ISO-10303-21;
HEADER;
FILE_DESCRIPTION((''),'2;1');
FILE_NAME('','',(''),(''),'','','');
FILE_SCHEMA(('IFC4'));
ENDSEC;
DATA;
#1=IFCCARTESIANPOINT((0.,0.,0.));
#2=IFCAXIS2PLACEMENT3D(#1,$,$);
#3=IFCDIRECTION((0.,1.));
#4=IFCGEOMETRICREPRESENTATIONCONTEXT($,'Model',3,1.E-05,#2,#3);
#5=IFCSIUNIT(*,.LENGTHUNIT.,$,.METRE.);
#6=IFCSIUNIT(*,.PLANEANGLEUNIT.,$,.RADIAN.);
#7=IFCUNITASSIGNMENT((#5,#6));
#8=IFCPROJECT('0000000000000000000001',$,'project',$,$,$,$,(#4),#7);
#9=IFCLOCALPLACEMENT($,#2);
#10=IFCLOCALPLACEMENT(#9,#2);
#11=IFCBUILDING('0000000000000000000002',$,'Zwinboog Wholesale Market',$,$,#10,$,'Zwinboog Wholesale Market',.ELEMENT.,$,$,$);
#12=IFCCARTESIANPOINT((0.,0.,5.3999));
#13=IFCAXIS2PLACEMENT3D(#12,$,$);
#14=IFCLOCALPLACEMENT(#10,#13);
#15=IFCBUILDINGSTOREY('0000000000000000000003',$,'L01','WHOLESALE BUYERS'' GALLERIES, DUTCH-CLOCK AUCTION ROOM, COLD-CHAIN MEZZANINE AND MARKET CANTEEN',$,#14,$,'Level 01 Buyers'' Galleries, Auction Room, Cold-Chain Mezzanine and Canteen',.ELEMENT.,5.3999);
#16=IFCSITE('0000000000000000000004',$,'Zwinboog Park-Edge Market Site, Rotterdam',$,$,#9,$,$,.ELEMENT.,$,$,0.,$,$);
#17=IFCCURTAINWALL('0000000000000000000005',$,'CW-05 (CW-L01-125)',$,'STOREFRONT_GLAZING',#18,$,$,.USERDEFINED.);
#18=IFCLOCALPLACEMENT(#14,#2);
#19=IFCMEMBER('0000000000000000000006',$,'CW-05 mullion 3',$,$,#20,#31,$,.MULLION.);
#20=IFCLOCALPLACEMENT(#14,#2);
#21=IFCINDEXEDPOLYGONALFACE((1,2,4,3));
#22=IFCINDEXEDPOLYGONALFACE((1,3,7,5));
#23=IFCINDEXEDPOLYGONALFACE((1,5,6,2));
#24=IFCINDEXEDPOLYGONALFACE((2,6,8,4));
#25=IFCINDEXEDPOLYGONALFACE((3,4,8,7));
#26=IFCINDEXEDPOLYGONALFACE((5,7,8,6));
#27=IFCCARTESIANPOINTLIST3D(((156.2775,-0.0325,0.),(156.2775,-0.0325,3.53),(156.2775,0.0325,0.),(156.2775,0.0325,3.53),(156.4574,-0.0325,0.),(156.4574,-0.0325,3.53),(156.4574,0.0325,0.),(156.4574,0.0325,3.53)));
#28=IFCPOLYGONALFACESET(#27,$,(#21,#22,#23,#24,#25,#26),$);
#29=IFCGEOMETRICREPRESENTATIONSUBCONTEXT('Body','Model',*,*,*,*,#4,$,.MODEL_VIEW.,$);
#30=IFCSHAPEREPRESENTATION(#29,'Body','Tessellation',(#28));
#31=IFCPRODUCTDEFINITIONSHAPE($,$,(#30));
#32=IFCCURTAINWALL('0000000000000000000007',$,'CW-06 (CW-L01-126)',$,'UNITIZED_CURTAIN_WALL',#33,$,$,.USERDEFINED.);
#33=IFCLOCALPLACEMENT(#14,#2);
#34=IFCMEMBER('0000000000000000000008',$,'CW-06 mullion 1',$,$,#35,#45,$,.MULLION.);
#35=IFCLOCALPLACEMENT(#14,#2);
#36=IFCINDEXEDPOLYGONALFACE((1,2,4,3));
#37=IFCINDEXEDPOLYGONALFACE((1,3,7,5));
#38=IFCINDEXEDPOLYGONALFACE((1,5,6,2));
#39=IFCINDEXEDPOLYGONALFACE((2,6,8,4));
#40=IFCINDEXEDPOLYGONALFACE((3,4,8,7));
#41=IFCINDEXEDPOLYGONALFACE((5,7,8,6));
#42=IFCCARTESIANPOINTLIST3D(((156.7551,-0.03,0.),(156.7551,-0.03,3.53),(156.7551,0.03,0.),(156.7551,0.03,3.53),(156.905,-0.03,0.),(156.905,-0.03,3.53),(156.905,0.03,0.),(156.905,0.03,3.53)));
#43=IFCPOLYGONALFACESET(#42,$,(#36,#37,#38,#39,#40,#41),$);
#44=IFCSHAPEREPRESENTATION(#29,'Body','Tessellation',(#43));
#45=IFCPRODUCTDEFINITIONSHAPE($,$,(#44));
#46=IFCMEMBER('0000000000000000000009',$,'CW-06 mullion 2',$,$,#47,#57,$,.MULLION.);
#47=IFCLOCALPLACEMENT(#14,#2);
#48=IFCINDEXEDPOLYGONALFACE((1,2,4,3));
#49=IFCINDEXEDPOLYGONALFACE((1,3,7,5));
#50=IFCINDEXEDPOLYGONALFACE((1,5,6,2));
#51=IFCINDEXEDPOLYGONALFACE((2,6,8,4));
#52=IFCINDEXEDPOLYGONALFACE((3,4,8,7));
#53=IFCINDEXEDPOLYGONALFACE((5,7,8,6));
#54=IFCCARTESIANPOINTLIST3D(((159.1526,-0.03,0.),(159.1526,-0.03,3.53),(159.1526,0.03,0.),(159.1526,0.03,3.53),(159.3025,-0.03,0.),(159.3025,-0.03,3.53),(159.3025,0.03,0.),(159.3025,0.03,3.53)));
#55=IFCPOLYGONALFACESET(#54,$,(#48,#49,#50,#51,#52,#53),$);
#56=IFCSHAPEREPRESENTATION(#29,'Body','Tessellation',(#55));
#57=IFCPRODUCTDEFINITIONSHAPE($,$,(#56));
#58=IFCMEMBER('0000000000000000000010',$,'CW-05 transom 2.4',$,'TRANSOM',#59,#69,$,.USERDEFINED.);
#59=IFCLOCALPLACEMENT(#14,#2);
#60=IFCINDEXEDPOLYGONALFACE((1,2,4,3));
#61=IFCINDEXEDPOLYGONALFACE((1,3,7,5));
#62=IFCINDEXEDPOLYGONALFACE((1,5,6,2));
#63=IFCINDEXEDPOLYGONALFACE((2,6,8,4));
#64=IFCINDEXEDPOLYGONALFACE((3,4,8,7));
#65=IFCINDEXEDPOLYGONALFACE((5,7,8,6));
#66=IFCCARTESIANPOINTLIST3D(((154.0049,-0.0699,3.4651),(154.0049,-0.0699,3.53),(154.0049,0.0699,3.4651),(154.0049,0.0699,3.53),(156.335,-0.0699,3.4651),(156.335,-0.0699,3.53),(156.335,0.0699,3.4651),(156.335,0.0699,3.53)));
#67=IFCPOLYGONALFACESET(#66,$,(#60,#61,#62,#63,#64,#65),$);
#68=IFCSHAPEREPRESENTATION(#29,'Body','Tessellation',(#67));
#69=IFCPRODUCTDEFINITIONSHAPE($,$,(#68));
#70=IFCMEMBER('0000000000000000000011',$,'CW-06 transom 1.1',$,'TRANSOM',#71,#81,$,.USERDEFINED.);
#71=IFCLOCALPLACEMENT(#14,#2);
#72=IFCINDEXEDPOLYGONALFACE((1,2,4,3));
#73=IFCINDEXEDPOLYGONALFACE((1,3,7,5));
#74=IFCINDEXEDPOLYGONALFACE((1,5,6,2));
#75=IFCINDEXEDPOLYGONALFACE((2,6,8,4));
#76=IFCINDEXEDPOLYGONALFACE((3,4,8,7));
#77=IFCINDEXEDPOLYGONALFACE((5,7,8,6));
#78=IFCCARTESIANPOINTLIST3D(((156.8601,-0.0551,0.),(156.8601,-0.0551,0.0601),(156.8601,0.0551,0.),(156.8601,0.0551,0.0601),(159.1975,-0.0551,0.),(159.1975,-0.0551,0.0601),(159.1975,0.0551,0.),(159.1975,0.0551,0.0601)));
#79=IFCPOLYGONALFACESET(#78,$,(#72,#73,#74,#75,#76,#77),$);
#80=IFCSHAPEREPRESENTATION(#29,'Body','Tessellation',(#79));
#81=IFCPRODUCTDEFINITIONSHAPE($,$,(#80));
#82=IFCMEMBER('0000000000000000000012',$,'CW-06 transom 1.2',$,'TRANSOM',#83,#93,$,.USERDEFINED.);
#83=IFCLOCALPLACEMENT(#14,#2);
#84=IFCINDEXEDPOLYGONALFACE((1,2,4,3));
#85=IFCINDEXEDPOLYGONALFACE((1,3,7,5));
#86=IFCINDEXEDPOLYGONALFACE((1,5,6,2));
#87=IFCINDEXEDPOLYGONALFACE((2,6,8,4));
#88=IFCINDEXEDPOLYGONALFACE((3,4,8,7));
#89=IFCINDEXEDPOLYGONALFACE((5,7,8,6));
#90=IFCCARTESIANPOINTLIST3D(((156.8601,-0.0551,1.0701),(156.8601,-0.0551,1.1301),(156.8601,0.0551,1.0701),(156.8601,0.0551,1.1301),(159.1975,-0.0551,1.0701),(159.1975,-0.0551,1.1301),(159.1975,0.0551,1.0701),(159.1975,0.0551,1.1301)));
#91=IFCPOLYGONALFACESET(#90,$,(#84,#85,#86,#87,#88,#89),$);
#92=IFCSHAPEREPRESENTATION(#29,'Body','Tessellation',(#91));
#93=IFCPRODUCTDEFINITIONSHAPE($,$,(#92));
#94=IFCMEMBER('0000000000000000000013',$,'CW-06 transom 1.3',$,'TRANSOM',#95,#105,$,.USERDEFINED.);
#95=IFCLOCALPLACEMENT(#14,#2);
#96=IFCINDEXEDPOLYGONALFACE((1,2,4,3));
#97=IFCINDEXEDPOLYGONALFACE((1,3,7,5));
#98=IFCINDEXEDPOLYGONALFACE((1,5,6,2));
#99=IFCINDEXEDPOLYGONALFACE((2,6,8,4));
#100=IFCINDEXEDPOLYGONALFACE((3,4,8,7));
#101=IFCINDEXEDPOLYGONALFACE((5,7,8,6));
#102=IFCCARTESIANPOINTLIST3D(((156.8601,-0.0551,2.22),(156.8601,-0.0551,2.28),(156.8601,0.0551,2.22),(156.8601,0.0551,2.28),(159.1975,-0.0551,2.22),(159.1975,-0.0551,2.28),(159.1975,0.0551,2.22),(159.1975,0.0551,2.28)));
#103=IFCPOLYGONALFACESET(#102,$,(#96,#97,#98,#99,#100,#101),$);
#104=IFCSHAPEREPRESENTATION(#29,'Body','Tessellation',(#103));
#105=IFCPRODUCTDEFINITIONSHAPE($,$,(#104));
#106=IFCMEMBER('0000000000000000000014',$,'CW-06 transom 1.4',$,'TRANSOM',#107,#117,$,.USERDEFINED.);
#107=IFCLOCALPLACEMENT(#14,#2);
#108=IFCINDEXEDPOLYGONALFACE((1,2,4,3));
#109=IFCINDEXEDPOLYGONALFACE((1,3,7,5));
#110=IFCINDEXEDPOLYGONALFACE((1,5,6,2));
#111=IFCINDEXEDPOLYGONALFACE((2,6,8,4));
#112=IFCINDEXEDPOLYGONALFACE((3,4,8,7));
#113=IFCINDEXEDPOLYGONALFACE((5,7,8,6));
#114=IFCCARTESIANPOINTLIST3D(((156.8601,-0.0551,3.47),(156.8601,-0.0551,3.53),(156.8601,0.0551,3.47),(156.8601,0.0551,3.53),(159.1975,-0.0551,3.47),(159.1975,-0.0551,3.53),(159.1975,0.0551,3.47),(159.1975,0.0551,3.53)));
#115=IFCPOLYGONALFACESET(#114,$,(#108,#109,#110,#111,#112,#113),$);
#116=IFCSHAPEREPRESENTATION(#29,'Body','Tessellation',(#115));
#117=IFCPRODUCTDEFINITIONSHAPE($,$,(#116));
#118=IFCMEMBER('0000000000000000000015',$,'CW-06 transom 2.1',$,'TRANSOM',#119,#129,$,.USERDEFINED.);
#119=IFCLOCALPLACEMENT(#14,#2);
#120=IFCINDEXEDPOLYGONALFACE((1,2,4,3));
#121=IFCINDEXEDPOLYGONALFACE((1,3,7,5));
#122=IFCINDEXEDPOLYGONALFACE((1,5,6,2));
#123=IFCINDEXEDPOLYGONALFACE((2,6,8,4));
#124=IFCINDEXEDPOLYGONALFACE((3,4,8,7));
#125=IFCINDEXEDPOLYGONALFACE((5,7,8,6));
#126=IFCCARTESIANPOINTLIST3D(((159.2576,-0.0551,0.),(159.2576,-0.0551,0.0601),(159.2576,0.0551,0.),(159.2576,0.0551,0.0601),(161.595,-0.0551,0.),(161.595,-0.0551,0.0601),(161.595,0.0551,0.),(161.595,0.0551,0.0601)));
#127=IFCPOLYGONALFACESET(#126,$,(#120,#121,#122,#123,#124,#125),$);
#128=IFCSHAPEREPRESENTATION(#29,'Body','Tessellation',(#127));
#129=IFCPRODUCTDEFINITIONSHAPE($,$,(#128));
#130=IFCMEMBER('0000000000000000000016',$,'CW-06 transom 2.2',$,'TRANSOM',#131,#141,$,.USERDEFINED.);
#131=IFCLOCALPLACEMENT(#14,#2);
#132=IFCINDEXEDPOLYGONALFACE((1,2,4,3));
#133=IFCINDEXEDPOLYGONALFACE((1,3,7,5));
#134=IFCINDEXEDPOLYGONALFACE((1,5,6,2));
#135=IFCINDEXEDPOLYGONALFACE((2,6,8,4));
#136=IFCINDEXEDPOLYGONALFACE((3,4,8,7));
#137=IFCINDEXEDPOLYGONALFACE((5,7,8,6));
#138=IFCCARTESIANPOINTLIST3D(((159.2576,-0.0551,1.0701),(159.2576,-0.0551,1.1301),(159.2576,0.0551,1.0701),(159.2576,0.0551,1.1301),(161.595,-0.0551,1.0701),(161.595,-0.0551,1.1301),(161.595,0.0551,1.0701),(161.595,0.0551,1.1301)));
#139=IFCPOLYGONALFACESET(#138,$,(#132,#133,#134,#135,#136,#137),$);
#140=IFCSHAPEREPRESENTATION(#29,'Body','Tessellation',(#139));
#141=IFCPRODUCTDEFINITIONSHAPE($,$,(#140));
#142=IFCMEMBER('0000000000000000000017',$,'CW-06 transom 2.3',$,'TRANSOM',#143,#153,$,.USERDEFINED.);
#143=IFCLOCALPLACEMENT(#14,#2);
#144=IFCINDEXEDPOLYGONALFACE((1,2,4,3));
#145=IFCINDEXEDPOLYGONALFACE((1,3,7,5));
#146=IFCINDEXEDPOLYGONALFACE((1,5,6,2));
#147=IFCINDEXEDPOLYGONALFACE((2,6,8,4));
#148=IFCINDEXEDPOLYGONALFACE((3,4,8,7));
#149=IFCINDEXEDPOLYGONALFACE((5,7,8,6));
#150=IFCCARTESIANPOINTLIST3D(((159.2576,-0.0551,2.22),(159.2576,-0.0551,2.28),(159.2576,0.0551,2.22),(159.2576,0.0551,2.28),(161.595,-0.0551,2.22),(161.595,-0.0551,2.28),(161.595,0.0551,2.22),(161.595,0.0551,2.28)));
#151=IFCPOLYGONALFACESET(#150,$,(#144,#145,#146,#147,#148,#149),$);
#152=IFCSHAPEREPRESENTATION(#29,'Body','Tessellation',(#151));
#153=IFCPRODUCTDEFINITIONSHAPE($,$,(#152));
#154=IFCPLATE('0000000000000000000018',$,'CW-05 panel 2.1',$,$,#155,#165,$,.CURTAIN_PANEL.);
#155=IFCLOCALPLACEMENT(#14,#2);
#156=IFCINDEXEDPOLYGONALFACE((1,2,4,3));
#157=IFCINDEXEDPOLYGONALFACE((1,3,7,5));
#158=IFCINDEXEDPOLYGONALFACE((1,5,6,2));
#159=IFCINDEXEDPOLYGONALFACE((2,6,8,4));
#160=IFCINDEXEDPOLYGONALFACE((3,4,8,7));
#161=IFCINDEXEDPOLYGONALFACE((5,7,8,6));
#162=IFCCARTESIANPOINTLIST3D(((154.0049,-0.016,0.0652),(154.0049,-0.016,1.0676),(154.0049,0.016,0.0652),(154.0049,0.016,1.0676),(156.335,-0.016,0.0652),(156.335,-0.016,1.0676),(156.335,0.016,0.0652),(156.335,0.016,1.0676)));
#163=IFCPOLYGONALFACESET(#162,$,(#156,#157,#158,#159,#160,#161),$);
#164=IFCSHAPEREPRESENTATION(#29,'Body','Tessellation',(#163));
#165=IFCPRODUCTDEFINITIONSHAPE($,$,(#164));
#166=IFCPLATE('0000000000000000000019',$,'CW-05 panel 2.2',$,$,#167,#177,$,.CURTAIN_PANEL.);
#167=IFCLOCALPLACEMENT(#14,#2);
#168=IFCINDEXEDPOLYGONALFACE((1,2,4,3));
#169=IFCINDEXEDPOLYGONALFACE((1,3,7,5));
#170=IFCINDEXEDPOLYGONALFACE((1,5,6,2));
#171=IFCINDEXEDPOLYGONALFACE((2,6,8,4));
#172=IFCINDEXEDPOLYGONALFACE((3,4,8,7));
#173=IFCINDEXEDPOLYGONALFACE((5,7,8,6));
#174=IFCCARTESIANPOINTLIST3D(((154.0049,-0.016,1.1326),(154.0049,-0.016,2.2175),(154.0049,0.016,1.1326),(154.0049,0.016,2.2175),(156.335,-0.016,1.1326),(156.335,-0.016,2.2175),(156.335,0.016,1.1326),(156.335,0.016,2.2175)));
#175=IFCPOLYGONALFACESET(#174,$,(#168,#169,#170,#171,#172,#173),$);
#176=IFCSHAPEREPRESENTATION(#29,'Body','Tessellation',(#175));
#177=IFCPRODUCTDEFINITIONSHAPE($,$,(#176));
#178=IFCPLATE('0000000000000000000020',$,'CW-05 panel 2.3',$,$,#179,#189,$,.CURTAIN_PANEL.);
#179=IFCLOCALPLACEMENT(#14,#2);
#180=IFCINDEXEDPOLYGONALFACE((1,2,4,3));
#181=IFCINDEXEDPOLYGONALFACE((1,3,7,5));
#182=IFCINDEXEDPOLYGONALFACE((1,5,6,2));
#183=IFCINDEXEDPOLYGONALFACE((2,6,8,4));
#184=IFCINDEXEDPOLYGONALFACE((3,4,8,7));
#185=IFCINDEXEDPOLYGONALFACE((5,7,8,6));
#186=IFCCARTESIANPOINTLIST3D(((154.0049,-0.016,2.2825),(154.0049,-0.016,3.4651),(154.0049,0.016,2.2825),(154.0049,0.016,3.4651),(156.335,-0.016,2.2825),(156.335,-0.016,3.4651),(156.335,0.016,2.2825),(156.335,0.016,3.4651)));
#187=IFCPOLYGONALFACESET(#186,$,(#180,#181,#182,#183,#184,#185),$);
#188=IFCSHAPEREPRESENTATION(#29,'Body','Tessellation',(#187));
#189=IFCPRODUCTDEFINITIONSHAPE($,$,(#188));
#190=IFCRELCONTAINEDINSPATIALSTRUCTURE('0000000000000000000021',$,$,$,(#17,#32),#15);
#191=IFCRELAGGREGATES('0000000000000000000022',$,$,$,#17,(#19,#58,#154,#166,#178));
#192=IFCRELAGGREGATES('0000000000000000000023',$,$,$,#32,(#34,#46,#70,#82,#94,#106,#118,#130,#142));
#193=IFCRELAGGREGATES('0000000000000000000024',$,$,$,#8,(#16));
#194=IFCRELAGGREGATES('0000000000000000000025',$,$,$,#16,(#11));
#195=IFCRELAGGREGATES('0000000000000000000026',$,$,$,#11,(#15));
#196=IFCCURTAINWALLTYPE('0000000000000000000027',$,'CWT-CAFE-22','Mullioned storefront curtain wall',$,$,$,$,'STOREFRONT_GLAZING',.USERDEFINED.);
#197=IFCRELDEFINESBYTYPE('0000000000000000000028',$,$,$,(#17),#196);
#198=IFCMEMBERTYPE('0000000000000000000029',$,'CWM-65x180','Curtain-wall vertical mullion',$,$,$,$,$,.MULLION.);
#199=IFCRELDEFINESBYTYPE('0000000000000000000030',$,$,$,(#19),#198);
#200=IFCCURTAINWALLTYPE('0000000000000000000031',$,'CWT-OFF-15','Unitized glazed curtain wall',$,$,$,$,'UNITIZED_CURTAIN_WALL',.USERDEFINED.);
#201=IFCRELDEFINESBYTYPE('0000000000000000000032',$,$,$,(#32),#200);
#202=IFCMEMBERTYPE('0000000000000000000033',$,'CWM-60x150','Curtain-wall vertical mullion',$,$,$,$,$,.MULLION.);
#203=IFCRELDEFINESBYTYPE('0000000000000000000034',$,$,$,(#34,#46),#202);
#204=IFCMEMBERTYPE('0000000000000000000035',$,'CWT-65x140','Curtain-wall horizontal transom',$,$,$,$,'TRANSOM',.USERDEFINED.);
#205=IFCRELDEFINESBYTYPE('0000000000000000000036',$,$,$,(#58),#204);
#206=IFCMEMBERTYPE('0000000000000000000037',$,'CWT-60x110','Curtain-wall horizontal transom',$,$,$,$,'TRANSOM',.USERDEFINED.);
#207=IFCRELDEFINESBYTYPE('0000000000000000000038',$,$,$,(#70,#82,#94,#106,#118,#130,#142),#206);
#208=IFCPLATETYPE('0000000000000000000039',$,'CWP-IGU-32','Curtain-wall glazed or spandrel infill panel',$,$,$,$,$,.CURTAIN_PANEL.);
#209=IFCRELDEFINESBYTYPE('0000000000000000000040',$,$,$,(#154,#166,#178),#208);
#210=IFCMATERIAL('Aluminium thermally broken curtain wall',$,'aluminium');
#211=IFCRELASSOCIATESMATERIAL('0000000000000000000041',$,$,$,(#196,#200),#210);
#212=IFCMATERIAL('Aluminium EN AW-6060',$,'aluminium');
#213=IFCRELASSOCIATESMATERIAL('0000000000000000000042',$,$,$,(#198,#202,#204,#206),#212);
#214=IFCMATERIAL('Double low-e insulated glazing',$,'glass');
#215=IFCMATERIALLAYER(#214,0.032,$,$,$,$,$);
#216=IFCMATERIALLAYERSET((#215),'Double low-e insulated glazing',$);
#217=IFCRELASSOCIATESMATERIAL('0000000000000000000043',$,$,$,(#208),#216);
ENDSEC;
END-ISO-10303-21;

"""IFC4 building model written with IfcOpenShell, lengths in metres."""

from ifc_helpers import new_model, si_unit, direction, frame, origin, origin_2d, place, context, subcontext, project, spatial, rectangle, extrude, material, layer, layer_set, material_profile, profile_set, type_object, element, aggregate, save


model = new_model("IFC4")

# Units and contexts
model_context = context("Model", 3, precision=1e-05, world=origin(), true_north=direction((0.0, 1.0)))
body_context = subcontext(model_context, "Body", "Model", "MODEL_VIEW")
ifc_project = project(units=[si_unit("LENGTHUNIT", "METRE"), si_unit("PLANEANGLEUNIT", "RADIAN")], contexts=[model_context])

# Site, building, storey
site_placement = place(None, origin())
site = spatial("IfcSite", under=ifc_project, at=site_placement, Name="Zwinboog Park-Edge Market Site, Rotterdam", CompositionType="ELEMENT", RefElevation=0.0)
building_placement = place(site_placement, origin())
building = spatial("IfcBuilding", under=site, at=building_placement, Name="Zwinboog Wholesale Market", LongName="Zwinboog Wholesale Market", CompositionType="ELEMENT")
storey_placement = place(building_placement, frame((0.0, 0.0, 5.3999)))
storey = spatial("IfcBuildingStorey", under=building, at=storey_placement, Name="L01", Description="WHOLESALE BUYERS' GALLERIES, DUTCH-CLOCK AUCTION ROOM, COLD-CHAIN MEZZANINE AND MARKET CANTEEN", LongName="Level 01 Buyers' Galleries, Auction Room, Cold-Chain Mezzanine and Canteen", CompositionType="ELEMENT", Elevation=5.3999)

# Curtain wall, member
ifc_material_1 = material(Name="Aluminium thermally broken curtain wall", Category="aluminium")
curtain_wall_type_1 = type_object("IfcCurtainWallType", Name="CWT-CAFE-22", Description="Mullioned storefront curtain wall", ElementType="STOREFRONT_GLAZING", PredefinedType="USERDEFINED", material=ifc_material_1)
curtain_wall_1_placement = place(storey_placement, origin())
curtain_wall_1 = element("IfcCurtainWall", 1, at=curtain_wall_1_placement, inside=storey, type_object=curtain_wall_type_1, Name="CW-05 (CW-L01-125)", ObjectType="STOREFRONT_GLAZING", PredefinedType="USERDEFINED")
ifc_material_2 = material(Name="Aluminium EN AW-6060", Category="aluminium")
ifc_material_profile_1 = material_profile(ifc_material_2, rectangle(XDim=0.0649, YDim=0.1799, at=origin_2d()), Name="AL 65x180")
ifc_profile_set_1 = profile_set([ifc_material_profile_1], Name="Aluminium EN AW-6060")
member_type_1 = type_object("IfcMemberType", Name="CWM-65x180", Description="Curtain-wall vertical mullion", PredefinedType="MULLION", material=ifc_profile_set_1)
member_1_placement = place(storey_placement, frame((156.3674, 0.0, 0.0), z_axis=(0.0, 0.0, 1.0), x_axis=(0.0, 1.0, 0.0)))
member_1 = element("IfcMember", 2, at=member_1_placement, type_object=member_type_1, Name="CW-05 mullion 3", PredefinedType="MULLION", context=body_context, shape_type="SweptSolid", body=[
    extrude(rectangle(XDim=0.0649, YDim=0.1799, at=origin_2d()), origin(), (0.0, 0.0, 1.0), 3.53),
])

# Curtain wall, members
curtain_wall_type_2 = type_object("IfcCurtainWallType", Name="CWT-OFF-15", Description="Unitized glazed curtain wall", ElementType="UNITIZED_CURTAIN_WALL", PredefinedType="USERDEFINED", material=ifc_material_1)
curtain_wall_2_placement = place(storey_placement, origin())
curtain_wall_2 = element("IfcCurtainWall", 3, at=curtain_wall_2_placement, inside=storey, type_object=curtain_wall_type_2, Name="CW-06 (CW-L01-126)", ObjectType="UNITIZED_CURTAIN_WALL", PredefinedType="USERDEFINED")
ifc_material_profile_2 = material_profile(ifc_material_2, rectangle(XDim=0.0601, YDim=0.1499, at=origin_2d()), Name="AL 60x150")
ifc_profile_set_2 = profile_set([ifc_material_profile_2], Name="Aluminium EN AW-6060")
member_type_2 = type_object("IfcMemberType", Name="CWM-60x150", Description="Curtain-wall vertical mullion", PredefinedType="MULLION", material=ifc_profile_set_2)
member_2_placement = place(storey_placement, frame((156.8301, 0.0, 0.0), z_axis=(0.0, 0.0, 1.0), x_axis=(0.0, 1.0, 0.0)))
member_2 = element("IfcMember", 4, at=member_2_placement, type_object=member_type_2, Name="CW-06 mullion 1", PredefinedType="MULLION", context=body_context, shape_type="SweptSolid", body=[
    extrude(rectangle(XDim=0.0601, YDim=0.1499, at=origin_2d()), origin(), (0.0, 0.0, 1.0), 3.53),
])
member_3_placement = place(storey_placement, frame((159.2275, 0.0, 0.0), z_axis=(0.0, 0.0, 1.0), x_axis=(0.0, 1.0, 0.0)))
member_3 = element("IfcMember", 5, at=member_3_placement, type_object=member_type_2, Name="CW-06 mullion 2", PredefinedType="MULLION", context=body_context, shape_type="SweptSolid", body=[
    extrude(rectangle(XDim=0.0601, YDim=0.1499, at=origin_2d()), origin(), (0.0, 0.0, 1.0), 3.53),
])

# Members
ifc_material_profile_3 = material_profile(ifc_material_2, rectangle(XDim=0.1399, YDim=0.0649, at=origin_2d()), Name="AL 65x140")
ifc_profile_set_3 = profile_set([ifc_material_profile_3], Name="Aluminium EN AW-6060")
member_type_3 = type_object("IfcMemberType", Name="CWT-65x140", Description="Curtain-wall horizontal transom", ElementType="TRANSOM", PredefinedType="USERDEFINED", material=ifc_profile_set_3)
member_4_placement = place(storey_placement, frame((154.0049, 0.0, 3.4976), z_axis=(1.0, 0.0, 0.0), x_axis=(0.0, 1.0, 0.0)))
member_4 = element("IfcMember", 6, at=member_4_placement, type_object=member_type_3, Name="CW-05 transom 2.4", ObjectType="TRANSOM", PredefinedType="USERDEFINED", context=body_context, shape_type="SweptSolid", body=[
    extrude(rectangle(XDim=0.1399, YDim=0.0649, at=origin_2d()), origin(), (0.0, 0.0, 1.0), 2.3301),
])
ifc_material_profile_4 = material_profile(ifc_material_2, rectangle(XDim=0.1101, YDim=0.0601, at=origin_2d()), Name="AL 60x110")
ifc_profile_set_4 = profile_set([ifc_material_profile_4], Name="Aluminium EN AW-6060")
member_type_4 = type_object("IfcMemberType", Name="CWT-60x110", Description="Curtain-wall horizontal transom", ElementType="TRANSOM", PredefinedType="USERDEFINED", material=ifc_profile_set_4)
member_5_placement = place(storey_placement, frame((156.8601, 0.0, 0.03), z_axis=(1.0, 0.0, 0.0), x_axis=(0.0, 1.0, 0.0)))
member_5 = element("IfcMember", 7, at=member_5_placement, type_object=member_type_4, Name="CW-06 transom 1.1", ObjectType="TRANSOM", PredefinedType="USERDEFINED", context=body_context, shape_type="SweptSolid", body=[
    extrude(rectangle(XDim=0.1101, YDim=0.0601, at=origin_2d()), origin(), (0.0, 0.0, 1.0), 2.3374),
])
member_6_placement = place(storey_placement, frame((156.8601, 0.0, 1.1001), z_axis=(1.0, 0.0, 0.0), x_axis=(0.0, 1.0, 0.0)))
member_6 = element("IfcMember", 8, at=member_6_placement, type_object=member_type_4, Name="CW-06 transom 1.2", ObjectType="TRANSOM", PredefinedType="USERDEFINED", context=body_context, shape_type="SweptSolid", body=[
    extrude(rectangle(XDim=0.1101, YDim=0.0601, at=origin_2d()), origin(), (0.0, 0.0, 1.0), 2.3374),
])
member_7_placement = place(storey_placement, frame((156.8601, 0.0, 2.25), z_axis=(1.0, 0.0, 0.0), x_axis=(0.0, 1.0, 0.0)))
member_7 = element("IfcMember", 9, at=member_7_placement, type_object=member_type_4, Name="CW-06 transom 1.3", ObjectType="TRANSOM", PredefinedType="USERDEFINED", context=body_context, shape_type="SweptSolid", body=[
    extrude(rectangle(XDim=0.1101, YDim=0.0601, at=origin_2d()), origin(), (0.0, 0.0, 1.0), 2.3374),
])
member_8_placement = place(storey_placement, frame((156.8601, 0.0, 3.5), z_axis=(1.0, 0.0, 0.0), x_axis=(0.0, 1.0, 0.0)))
member_8 = element("IfcMember", 10, at=member_8_placement, type_object=member_type_4, Name="CW-06 transom 1.4", ObjectType="TRANSOM", PredefinedType="USERDEFINED", context=body_context, shape_type="SweptSolid", body=[
    extrude(rectangle(XDim=0.1101, YDim=0.0601, at=origin_2d()), origin(), (0.0, 0.0, 1.0), 2.3374),
])
member_9_placement = place(storey_placement, frame((159.2576, 0.0, 0.03), z_axis=(1.0, 0.0, 0.0), x_axis=(0.0, 1.0, 0.0)))
member_9 = element("IfcMember", 11, at=member_9_placement, type_object=member_type_4, Name="CW-06 transom 2.1", ObjectType="TRANSOM", PredefinedType="USERDEFINED", context=body_context, shape_type="SweptSolid", body=[
    extrude(rectangle(XDim=0.1101, YDim=0.0601, at=origin_2d()), origin(), (0.0, 0.0, 1.0), 2.3374),
])
member_10_placement = place(storey_placement, frame((159.2576, 0.0, 1.1001), z_axis=(1.0, 0.0, 0.0), x_axis=(0.0, 1.0, 0.0)))
member_10 = element("IfcMember", 12, at=member_10_placement, type_object=member_type_4, Name="CW-06 transom 2.2", ObjectType="TRANSOM", PredefinedType="USERDEFINED", context=body_context, shape_type="SweptSolid", body=[
    extrude(rectangle(XDim=0.1101, YDim=0.0601, at=origin_2d()), origin(), (0.0, 0.0, 1.0), 2.3374),
])
member_11_placement = place(storey_placement, frame((159.2576, 0.0, 2.25), z_axis=(1.0, 0.0, 0.0), x_axis=(0.0, 1.0, 0.0)))
member_11 = element("IfcMember", 13, at=member_11_placement, type_object=member_type_4, Name="CW-06 transom 2.3", ObjectType="TRANSOM", PredefinedType="USERDEFINED", context=body_context, shape_type="SweptSolid", body=[
    extrude(rectangle(XDim=0.1101, YDim=0.0601, at=origin_2d()), origin(), (0.0, 0.0, 1.0), 2.3374),
])

# Plates
ifc_material_3 = material(Name="Double low-e insulated glazing", Category="glass")
ifc_layer_1 = layer(ifc_material_3, 0.032)
ifc_layer_set_1 = layer_set([ifc_layer_1], Name="Double low-e insulated glazing")
plate_type = type_object("IfcPlateType", Name="CWP-IGU-32", Description="Curtain-wall glazed or spandrel infill panel", PredefinedType="CURTAIN_PANEL", material=ifc_layer_set_1)
plate_1_placement = place(storey_placement, frame((155.1699, 0.0, 0.0652), z_axis=(0.0, 0.0, 1.0), x_axis=(1.0, 0.0, 0.0)))
plate_1 = element("IfcPlate", 14, at=plate_1_placement, type_object=plate_type, Name="CW-05 panel 2.1", PredefinedType="CURTAIN_PANEL", context=body_context, shape_type="SweptSolid", body=[
    extrude(rectangle(XDim=2.3301, YDim=0.032, at=origin_2d()), origin(), (0.0, 0.0, 1.0), 1.0024),
])
plate_2_placement = place(storey_placement, frame((155.1699, 0.0, 1.1326), z_axis=(0.0, 0.0, 1.0), x_axis=(1.0, 0.0, 0.0)))
plate_2 = element("IfcPlate", 15, at=plate_2_placement, type_object=plate_type, Name="CW-05 panel 2.2", PredefinedType="CURTAIN_PANEL", context=body_context, shape_type="SweptSolid", body=[
    extrude(rectangle(XDim=2.3301, YDim=0.032, at=origin_2d()), origin(), (0.0, 0.0, 1.0), 1.085),
])
plate_3_placement = place(storey_placement, frame((155.1699, 0.0, 2.2825), z_axis=(0.0, 0.0, 1.0), x_axis=(1.0, 0.0, 0.0)))
plate_3 = element("IfcPlate", 16, at=plate_3_placement, type_object=plate_type, Name="CW-05 panel 2.3", PredefinedType="CURTAIN_PANEL", context=body_context, shape_type="SweptSolid", body=[
    extrude(rectangle(XDim=2.3301, YDim=0.032, at=origin_2d()), origin(), (0.0, 0.0, 1.0), 1.1826),
])
aggregate(curtain_wall_1, [member_1, member_4, plate_1, plate_2, plate_3])
aggregate(curtain_wall_2, [member_2, member_3, member_5, member_6, member_7, member_8, member_9, member_10, member_11])

save(model, "model.ifc")
